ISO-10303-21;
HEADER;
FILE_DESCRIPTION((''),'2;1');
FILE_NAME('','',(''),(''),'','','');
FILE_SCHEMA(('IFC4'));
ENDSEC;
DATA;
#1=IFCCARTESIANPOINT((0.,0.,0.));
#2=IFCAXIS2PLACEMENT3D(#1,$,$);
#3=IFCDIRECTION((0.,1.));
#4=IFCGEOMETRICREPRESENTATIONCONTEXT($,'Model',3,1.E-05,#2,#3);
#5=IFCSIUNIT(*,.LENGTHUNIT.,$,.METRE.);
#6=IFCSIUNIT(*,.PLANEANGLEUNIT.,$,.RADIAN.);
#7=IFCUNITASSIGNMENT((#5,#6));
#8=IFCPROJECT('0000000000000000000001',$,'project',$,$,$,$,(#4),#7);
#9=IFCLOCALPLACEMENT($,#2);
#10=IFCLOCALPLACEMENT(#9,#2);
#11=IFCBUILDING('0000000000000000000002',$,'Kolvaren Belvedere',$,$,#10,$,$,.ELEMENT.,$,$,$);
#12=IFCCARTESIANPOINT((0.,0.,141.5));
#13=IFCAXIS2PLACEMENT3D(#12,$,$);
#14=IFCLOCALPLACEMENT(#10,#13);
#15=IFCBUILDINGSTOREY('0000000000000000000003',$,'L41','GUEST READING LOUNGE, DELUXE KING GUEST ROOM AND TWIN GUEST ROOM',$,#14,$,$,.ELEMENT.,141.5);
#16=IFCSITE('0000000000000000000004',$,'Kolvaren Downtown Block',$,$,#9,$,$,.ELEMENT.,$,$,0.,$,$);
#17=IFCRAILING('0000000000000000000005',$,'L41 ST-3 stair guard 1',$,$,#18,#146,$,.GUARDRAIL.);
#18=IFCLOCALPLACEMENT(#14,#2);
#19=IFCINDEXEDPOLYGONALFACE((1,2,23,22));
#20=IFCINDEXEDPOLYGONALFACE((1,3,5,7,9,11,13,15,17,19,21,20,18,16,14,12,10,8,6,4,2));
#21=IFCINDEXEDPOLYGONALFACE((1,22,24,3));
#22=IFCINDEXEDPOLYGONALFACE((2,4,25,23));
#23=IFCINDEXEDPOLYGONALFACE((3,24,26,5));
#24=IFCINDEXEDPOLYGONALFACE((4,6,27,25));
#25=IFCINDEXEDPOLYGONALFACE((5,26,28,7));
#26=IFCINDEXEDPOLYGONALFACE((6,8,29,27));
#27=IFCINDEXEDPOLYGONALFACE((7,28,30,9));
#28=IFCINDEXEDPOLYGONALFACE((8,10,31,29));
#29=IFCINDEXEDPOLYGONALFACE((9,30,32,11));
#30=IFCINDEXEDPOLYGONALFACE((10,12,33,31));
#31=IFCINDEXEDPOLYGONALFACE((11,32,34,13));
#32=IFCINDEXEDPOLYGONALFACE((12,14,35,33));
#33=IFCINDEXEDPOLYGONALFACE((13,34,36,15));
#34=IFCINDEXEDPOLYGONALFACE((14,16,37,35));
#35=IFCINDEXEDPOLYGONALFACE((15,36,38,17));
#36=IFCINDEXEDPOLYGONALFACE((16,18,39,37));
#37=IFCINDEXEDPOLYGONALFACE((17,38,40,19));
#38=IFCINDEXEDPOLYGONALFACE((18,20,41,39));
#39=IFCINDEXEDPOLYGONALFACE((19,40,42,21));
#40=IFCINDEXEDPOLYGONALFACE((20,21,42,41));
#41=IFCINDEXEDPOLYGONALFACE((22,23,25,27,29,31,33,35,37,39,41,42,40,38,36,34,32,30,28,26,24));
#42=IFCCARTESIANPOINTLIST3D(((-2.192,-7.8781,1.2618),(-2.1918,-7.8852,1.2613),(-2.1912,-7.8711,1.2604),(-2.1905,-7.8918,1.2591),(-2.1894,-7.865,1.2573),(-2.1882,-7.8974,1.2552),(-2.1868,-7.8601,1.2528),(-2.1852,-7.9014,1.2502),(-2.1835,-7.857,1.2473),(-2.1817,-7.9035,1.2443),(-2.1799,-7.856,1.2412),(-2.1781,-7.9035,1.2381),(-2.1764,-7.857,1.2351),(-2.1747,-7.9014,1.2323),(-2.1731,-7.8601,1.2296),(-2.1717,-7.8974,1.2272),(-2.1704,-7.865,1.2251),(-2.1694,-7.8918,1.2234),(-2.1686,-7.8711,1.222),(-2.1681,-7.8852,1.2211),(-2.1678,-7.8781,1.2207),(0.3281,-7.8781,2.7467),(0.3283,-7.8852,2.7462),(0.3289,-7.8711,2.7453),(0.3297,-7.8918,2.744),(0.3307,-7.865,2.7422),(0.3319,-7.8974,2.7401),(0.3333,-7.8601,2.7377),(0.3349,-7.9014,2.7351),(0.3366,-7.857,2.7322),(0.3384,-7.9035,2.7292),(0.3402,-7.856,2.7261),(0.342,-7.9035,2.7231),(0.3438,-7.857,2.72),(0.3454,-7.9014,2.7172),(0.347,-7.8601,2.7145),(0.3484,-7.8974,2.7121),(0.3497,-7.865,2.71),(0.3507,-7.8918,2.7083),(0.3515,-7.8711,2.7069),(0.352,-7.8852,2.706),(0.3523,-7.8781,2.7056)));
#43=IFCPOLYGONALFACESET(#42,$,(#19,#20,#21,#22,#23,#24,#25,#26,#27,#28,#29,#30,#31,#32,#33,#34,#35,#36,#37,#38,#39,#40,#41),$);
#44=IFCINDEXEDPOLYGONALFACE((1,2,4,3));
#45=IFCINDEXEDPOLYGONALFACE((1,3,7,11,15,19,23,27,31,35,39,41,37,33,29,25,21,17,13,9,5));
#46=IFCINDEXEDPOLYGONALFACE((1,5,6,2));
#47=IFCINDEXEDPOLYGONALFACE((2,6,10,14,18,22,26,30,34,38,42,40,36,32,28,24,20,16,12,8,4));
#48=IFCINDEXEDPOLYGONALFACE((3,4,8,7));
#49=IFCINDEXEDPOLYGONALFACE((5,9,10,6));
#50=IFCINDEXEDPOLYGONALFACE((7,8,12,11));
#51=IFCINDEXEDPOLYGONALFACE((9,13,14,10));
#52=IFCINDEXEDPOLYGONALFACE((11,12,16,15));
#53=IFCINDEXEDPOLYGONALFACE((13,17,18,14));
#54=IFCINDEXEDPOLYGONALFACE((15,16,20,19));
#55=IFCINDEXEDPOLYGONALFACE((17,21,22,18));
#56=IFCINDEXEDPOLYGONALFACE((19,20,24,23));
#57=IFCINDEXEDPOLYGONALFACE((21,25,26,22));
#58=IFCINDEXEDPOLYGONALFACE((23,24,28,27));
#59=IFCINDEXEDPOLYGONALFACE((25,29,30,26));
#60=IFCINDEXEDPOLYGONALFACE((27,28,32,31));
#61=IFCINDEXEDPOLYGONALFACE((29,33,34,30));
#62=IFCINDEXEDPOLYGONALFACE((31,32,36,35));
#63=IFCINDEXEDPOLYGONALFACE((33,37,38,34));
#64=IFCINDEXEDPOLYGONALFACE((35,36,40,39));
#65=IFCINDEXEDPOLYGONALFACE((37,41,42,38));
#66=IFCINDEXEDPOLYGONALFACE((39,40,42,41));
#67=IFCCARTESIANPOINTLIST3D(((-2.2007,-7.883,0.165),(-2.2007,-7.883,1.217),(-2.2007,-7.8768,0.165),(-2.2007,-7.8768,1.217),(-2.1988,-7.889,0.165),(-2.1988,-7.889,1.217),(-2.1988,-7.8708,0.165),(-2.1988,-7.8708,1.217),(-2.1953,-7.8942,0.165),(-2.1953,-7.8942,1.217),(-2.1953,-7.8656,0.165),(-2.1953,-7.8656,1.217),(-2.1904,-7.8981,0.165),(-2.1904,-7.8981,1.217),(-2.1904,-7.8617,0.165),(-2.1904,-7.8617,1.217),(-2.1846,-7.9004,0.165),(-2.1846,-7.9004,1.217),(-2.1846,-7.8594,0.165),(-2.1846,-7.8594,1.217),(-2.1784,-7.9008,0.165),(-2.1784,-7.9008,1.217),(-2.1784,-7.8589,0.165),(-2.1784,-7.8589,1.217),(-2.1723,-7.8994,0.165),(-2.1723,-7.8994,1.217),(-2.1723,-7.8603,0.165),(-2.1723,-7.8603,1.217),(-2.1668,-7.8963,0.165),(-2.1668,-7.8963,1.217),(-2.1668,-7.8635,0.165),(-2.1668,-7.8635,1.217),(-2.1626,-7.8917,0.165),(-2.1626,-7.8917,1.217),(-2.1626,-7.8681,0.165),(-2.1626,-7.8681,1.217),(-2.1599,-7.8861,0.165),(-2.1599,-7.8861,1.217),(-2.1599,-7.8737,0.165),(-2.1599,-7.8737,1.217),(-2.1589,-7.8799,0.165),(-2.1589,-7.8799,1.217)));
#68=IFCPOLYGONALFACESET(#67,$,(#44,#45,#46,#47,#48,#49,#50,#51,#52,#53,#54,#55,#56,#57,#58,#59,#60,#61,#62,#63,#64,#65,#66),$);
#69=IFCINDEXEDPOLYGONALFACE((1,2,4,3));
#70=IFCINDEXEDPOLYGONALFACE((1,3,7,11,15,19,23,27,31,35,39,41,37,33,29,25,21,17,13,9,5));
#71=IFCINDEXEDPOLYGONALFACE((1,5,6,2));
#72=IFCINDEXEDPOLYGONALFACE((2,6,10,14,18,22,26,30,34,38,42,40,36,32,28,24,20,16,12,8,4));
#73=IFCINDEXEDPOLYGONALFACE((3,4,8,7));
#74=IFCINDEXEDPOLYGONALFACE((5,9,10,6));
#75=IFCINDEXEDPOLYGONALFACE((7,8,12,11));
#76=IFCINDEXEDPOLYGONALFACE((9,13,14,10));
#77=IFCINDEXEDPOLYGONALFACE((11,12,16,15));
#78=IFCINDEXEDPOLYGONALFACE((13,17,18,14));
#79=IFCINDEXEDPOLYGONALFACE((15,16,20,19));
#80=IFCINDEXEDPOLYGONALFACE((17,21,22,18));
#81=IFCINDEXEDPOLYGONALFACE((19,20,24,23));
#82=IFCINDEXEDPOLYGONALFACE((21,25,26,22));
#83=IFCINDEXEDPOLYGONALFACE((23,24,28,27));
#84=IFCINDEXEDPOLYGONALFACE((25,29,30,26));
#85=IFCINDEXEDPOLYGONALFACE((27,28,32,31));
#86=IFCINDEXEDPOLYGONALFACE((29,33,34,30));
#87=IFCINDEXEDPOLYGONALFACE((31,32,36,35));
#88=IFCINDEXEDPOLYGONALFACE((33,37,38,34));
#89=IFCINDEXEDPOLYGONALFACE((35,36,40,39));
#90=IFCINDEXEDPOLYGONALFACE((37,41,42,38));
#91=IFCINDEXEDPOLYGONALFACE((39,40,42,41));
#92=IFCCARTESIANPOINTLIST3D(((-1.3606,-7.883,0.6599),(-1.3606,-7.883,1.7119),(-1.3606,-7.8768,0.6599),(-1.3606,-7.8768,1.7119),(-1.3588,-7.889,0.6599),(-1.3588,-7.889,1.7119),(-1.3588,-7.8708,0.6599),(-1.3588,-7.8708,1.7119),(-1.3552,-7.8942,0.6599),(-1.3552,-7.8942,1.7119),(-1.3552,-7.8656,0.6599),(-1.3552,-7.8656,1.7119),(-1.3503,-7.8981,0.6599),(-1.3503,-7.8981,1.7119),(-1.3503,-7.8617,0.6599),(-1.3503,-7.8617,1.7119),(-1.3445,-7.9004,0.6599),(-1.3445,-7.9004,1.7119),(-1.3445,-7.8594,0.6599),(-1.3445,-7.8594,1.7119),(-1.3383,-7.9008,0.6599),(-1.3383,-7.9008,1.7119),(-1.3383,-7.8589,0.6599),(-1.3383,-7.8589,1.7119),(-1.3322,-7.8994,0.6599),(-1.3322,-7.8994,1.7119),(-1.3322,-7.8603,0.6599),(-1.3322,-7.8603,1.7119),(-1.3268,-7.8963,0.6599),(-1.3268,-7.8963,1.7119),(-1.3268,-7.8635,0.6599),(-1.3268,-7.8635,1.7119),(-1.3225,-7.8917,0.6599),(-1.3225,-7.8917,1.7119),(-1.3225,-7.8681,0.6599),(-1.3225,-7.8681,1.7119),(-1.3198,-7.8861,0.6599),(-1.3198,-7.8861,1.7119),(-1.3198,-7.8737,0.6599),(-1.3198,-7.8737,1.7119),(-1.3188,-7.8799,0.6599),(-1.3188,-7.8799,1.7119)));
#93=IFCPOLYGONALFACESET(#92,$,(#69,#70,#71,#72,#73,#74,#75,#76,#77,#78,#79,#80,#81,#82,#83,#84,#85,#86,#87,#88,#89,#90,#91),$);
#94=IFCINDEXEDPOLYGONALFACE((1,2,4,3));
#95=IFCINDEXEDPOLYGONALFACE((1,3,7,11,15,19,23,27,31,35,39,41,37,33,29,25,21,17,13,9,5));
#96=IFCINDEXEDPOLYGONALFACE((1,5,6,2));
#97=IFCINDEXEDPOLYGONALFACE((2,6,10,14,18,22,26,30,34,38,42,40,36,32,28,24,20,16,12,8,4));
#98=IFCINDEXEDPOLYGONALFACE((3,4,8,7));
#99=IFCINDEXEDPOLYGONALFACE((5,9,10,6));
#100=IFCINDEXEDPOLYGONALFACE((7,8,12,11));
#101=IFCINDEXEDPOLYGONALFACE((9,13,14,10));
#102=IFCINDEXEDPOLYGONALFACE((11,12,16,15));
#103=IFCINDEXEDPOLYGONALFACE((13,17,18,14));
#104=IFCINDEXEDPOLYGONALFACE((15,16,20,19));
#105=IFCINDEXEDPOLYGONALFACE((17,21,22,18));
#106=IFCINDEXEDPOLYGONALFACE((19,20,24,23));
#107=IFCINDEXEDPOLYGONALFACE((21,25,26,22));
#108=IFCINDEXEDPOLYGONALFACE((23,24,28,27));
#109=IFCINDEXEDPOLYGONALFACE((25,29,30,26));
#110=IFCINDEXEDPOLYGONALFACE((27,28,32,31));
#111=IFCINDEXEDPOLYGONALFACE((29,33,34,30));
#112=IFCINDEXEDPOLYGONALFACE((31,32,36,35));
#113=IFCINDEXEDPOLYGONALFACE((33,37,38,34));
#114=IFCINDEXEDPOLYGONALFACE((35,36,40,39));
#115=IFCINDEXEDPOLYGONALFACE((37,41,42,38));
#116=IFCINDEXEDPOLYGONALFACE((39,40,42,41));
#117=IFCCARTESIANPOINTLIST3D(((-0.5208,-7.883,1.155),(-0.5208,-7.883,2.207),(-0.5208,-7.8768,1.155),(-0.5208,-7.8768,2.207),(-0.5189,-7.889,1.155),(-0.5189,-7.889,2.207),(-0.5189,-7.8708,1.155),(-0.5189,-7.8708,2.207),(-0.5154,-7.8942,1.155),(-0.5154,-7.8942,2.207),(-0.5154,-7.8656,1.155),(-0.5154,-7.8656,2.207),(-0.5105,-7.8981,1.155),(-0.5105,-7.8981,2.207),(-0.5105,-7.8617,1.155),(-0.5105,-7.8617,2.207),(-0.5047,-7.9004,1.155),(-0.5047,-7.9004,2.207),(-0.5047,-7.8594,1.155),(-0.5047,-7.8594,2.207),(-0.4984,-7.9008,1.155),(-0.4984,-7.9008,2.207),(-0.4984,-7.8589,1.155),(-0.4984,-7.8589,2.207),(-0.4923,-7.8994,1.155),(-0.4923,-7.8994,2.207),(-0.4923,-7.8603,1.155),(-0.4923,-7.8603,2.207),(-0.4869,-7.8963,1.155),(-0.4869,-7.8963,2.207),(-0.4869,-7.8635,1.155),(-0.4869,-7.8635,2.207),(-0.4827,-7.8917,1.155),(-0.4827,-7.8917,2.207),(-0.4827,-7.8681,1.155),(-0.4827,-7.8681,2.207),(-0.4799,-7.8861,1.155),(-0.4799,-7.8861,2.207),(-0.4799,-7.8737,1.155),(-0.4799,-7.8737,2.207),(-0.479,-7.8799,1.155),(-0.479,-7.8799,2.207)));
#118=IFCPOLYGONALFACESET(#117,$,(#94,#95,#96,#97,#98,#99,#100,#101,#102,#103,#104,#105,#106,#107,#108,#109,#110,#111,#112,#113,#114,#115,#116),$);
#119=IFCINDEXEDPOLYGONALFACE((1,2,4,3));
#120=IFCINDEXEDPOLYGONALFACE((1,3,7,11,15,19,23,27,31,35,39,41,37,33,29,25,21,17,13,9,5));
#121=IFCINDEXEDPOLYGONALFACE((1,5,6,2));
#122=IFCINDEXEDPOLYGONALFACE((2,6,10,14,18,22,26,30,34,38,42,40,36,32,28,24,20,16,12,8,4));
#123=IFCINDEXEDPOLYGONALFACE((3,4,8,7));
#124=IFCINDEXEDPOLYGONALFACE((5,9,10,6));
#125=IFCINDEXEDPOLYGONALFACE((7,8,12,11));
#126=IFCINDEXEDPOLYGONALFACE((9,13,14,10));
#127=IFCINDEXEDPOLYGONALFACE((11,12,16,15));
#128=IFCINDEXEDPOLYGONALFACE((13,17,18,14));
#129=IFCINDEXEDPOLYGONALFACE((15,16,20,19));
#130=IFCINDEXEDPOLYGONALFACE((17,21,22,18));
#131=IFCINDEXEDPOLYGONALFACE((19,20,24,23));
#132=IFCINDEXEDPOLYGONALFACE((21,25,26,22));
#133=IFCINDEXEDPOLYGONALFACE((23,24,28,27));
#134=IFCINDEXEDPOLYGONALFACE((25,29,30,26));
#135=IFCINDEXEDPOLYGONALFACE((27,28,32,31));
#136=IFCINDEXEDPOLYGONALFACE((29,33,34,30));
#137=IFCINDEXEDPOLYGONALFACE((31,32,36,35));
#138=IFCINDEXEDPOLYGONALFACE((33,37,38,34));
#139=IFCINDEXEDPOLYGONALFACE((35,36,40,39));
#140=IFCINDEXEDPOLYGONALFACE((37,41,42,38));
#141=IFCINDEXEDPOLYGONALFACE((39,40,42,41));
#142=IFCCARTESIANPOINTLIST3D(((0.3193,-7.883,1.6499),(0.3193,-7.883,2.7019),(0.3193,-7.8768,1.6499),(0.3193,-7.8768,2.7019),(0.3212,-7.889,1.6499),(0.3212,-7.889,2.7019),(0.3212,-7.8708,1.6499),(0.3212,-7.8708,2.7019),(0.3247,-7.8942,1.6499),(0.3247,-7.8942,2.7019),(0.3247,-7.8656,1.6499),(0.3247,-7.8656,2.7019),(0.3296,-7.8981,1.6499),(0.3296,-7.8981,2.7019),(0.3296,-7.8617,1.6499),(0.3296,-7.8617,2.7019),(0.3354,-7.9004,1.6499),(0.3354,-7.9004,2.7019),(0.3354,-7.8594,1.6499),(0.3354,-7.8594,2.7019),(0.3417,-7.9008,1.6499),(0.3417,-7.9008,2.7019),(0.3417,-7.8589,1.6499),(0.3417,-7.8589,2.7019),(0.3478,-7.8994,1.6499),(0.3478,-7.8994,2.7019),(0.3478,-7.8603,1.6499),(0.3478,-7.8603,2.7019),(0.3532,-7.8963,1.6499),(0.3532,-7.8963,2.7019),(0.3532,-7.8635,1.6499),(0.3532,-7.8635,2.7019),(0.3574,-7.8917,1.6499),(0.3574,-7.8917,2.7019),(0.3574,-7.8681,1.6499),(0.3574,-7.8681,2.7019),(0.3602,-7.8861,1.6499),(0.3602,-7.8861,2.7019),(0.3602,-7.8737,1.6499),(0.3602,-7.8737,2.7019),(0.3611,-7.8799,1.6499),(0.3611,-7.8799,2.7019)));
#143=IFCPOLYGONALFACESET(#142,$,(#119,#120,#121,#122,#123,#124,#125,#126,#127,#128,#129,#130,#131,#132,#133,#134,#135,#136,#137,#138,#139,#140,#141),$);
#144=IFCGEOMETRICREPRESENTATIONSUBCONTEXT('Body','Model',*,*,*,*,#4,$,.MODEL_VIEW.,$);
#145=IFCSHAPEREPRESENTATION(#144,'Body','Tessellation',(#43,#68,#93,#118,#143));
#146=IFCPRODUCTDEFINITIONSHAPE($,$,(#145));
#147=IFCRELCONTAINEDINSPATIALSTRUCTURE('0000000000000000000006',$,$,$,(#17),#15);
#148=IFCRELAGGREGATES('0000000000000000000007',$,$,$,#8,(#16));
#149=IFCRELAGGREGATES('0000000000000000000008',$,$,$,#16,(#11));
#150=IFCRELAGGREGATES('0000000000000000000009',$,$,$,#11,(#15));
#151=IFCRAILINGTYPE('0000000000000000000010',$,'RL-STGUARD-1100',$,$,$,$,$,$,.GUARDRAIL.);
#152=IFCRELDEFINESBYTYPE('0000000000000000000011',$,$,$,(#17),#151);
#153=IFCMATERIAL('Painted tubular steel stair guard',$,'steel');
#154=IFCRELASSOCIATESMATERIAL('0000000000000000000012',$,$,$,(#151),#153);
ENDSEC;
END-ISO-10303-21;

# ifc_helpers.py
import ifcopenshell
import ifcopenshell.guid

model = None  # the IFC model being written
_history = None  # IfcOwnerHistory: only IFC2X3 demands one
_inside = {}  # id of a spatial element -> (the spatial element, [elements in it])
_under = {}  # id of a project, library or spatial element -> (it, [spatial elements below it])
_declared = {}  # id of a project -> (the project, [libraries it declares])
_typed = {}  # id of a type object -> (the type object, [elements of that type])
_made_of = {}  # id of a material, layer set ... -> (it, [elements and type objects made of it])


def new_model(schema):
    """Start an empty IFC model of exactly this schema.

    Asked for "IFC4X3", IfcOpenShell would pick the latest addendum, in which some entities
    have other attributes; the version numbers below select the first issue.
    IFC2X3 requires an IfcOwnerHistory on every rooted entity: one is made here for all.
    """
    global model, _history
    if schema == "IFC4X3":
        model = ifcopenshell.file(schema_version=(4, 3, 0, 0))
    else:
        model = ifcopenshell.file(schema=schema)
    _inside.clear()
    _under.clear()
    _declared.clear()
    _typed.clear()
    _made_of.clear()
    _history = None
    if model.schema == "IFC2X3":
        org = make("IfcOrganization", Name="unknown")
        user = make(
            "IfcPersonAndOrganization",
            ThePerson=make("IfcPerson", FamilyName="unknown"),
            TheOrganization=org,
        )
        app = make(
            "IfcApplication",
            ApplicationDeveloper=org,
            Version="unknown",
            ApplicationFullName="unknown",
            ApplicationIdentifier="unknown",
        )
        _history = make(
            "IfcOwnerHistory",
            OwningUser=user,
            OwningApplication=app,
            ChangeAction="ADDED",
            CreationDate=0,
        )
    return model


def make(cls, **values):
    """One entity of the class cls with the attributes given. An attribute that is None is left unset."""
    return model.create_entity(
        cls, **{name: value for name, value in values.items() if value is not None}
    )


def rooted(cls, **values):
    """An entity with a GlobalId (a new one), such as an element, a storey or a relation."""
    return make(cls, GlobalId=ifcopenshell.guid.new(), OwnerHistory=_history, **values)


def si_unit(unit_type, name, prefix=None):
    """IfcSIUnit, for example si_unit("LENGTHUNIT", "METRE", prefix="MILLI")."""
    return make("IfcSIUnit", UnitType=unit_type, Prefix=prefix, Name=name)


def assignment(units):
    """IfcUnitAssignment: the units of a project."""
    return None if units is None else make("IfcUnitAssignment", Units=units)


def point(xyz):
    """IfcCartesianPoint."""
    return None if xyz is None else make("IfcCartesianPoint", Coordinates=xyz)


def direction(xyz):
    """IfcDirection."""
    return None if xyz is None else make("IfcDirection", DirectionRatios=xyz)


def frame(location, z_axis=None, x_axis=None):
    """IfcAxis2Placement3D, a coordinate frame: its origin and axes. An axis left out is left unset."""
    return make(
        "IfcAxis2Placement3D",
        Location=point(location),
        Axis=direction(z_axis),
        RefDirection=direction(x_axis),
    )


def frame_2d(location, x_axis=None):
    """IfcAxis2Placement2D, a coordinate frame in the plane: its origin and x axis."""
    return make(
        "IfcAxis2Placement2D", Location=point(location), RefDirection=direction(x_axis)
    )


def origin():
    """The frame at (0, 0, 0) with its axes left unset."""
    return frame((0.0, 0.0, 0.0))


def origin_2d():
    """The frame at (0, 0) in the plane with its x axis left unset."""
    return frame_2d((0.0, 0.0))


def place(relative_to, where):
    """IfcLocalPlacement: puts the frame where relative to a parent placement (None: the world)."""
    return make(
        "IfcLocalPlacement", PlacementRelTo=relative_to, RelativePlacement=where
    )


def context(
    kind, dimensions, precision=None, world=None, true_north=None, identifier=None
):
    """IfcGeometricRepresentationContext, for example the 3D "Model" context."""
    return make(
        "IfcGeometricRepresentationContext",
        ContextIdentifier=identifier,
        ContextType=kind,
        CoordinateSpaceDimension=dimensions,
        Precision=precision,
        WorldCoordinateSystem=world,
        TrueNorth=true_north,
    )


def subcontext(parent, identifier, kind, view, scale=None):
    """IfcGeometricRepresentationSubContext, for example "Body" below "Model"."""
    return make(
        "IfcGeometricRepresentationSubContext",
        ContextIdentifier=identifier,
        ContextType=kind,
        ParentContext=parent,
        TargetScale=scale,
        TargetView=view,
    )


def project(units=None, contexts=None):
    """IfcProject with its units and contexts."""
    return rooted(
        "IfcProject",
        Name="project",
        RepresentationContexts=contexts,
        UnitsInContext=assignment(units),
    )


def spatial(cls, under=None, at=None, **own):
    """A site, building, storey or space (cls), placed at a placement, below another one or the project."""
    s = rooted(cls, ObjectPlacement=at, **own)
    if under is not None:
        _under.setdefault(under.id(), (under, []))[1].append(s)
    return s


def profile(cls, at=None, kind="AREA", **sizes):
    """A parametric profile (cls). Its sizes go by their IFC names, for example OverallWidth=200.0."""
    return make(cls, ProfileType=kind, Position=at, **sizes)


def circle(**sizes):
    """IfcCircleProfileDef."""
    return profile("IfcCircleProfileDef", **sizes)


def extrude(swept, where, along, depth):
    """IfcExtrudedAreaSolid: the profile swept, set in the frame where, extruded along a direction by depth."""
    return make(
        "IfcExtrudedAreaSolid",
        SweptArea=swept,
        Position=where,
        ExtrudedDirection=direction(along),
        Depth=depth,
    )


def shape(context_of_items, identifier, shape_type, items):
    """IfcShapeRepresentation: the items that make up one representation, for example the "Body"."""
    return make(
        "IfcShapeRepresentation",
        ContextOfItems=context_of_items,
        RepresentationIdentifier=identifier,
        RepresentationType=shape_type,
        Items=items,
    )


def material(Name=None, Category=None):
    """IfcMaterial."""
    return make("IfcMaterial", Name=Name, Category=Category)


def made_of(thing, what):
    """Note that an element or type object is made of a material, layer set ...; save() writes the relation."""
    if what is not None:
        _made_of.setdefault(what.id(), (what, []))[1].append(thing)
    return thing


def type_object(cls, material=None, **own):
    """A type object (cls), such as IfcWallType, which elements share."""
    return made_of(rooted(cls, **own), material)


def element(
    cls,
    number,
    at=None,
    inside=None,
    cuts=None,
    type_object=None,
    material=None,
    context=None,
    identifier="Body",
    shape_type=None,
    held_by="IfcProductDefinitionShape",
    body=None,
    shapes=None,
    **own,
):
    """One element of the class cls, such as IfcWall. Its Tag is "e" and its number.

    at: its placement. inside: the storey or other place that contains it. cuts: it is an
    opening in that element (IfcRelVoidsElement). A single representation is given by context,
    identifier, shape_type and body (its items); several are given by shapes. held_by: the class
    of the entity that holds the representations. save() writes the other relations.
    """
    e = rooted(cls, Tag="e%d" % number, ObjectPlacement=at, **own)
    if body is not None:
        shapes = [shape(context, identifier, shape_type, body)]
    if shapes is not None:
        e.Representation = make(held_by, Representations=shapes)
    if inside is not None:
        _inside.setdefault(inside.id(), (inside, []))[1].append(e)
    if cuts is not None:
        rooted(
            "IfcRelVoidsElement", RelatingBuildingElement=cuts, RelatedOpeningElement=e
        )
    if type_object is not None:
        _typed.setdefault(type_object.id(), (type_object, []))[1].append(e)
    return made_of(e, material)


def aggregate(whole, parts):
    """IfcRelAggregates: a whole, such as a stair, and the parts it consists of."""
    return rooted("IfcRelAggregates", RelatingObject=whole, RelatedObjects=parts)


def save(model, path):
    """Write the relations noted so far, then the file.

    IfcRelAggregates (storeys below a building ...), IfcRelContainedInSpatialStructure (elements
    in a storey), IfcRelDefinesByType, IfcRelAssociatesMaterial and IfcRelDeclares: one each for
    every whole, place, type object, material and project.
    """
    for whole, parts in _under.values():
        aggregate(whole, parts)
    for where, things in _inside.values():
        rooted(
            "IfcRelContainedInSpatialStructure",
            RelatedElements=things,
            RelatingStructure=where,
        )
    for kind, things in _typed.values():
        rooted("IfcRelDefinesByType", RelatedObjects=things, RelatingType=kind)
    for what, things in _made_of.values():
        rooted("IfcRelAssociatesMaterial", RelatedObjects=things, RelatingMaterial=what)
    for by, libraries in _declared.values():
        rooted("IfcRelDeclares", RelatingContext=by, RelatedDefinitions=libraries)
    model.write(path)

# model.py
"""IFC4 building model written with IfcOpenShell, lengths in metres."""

from ifc_helpers import new_model, si_unit, direction, frame, origin, origin_2d, place, context, subcontext, project, spatial, circle, extrude, material, type_object, element, save


model = new_model("IFC4")

# Units and contexts
model_context = context("Model", 3, precision=1e-05, world=origin(), true_north=direction((0.0, 1.0)))
body_context = subcontext(model_context, "Body", "Model", "MODEL_VIEW")
ifc_project = project(units=[si_unit("LENGTHUNIT", "METRE"), si_unit("PLANEANGLEUNIT", "RADIAN")], contexts=[model_context])

# Site, building, storey
site_placement = place(None, origin())
site = spatial("IfcSite", under=ifc_project, at=site_placement, Name="Kolvaren Downtown Block", CompositionType="ELEMENT", RefElevation=0.0)
building_placement = place(site_placement, origin())
building = spatial("IfcBuilding", under=site, at=building_placement, Name="Kolvaren Belvedere", CompositionType="ELEMENT")
storey_placement = place(building_placement, frame((0.0, 0.0, 141.5)))
storey = spatial("IfcBuildingStorey", under=building, at=storey_placement, Name="L41", Description="GUEST READING LOUNGE, DELUXE KING GUEST ROOM AND TWIN GUEST ROOM", CompositionType="ELEMENT", Elevation=141.5)

# Railing
ifc_material_1 = material(Name="Painted tubular steel stair guard", Category="steel")
railing_type_1 = type_object("IfcRailingType", Name="RL-STGUARD-1100", PredefinedType="GUARDRAIL", material=ifc_material_1)
railing_1_placement = place(storey_placement, frame((-2.1799, -7.8799, 0.165)))
element("IfcRailing", 1, at=railing_1_placement, inside=storey, type_object=railing_type_1, Name="L41 ST-3 stair guard 1", PredefinedType="GUARDRAIL", context=body_context, shape_type="SweptSolid", body=[
    extrude(circle(Radius=0.0239, at=origin_2d()), frame((0.0, 0.0, 1.0762), z_axis=(0.861561, 0.0, 0.507655), x_axis=(0.0, 1.0, 0.0)), (0.0, 0.0, 1.0), 2.925),
    extrude(circle(Radius=0.021, at=origin_2d()), origin(), (0.0, 0.0, 1.0), 1.052),
    extrude(circle(Radius=0.021, at=origin_2d()), frame((0.8401, 0.0, 0.4949)), (0.0, 0.0, 1.0), 1.052),
    extrude(circle(Radius=0.021, at=origin_2d()), frame((1.6799, 0.0, 0.99)), (0.0, 0.0, 1.0), 1.052),
    extrude(circle(Radius=0.021, at=origin_2d()), frame((2.52, 0.0, 1.4849)), (0.0, 0.0, 1.0), 1.052),
])

save(model, "model.ifc")
